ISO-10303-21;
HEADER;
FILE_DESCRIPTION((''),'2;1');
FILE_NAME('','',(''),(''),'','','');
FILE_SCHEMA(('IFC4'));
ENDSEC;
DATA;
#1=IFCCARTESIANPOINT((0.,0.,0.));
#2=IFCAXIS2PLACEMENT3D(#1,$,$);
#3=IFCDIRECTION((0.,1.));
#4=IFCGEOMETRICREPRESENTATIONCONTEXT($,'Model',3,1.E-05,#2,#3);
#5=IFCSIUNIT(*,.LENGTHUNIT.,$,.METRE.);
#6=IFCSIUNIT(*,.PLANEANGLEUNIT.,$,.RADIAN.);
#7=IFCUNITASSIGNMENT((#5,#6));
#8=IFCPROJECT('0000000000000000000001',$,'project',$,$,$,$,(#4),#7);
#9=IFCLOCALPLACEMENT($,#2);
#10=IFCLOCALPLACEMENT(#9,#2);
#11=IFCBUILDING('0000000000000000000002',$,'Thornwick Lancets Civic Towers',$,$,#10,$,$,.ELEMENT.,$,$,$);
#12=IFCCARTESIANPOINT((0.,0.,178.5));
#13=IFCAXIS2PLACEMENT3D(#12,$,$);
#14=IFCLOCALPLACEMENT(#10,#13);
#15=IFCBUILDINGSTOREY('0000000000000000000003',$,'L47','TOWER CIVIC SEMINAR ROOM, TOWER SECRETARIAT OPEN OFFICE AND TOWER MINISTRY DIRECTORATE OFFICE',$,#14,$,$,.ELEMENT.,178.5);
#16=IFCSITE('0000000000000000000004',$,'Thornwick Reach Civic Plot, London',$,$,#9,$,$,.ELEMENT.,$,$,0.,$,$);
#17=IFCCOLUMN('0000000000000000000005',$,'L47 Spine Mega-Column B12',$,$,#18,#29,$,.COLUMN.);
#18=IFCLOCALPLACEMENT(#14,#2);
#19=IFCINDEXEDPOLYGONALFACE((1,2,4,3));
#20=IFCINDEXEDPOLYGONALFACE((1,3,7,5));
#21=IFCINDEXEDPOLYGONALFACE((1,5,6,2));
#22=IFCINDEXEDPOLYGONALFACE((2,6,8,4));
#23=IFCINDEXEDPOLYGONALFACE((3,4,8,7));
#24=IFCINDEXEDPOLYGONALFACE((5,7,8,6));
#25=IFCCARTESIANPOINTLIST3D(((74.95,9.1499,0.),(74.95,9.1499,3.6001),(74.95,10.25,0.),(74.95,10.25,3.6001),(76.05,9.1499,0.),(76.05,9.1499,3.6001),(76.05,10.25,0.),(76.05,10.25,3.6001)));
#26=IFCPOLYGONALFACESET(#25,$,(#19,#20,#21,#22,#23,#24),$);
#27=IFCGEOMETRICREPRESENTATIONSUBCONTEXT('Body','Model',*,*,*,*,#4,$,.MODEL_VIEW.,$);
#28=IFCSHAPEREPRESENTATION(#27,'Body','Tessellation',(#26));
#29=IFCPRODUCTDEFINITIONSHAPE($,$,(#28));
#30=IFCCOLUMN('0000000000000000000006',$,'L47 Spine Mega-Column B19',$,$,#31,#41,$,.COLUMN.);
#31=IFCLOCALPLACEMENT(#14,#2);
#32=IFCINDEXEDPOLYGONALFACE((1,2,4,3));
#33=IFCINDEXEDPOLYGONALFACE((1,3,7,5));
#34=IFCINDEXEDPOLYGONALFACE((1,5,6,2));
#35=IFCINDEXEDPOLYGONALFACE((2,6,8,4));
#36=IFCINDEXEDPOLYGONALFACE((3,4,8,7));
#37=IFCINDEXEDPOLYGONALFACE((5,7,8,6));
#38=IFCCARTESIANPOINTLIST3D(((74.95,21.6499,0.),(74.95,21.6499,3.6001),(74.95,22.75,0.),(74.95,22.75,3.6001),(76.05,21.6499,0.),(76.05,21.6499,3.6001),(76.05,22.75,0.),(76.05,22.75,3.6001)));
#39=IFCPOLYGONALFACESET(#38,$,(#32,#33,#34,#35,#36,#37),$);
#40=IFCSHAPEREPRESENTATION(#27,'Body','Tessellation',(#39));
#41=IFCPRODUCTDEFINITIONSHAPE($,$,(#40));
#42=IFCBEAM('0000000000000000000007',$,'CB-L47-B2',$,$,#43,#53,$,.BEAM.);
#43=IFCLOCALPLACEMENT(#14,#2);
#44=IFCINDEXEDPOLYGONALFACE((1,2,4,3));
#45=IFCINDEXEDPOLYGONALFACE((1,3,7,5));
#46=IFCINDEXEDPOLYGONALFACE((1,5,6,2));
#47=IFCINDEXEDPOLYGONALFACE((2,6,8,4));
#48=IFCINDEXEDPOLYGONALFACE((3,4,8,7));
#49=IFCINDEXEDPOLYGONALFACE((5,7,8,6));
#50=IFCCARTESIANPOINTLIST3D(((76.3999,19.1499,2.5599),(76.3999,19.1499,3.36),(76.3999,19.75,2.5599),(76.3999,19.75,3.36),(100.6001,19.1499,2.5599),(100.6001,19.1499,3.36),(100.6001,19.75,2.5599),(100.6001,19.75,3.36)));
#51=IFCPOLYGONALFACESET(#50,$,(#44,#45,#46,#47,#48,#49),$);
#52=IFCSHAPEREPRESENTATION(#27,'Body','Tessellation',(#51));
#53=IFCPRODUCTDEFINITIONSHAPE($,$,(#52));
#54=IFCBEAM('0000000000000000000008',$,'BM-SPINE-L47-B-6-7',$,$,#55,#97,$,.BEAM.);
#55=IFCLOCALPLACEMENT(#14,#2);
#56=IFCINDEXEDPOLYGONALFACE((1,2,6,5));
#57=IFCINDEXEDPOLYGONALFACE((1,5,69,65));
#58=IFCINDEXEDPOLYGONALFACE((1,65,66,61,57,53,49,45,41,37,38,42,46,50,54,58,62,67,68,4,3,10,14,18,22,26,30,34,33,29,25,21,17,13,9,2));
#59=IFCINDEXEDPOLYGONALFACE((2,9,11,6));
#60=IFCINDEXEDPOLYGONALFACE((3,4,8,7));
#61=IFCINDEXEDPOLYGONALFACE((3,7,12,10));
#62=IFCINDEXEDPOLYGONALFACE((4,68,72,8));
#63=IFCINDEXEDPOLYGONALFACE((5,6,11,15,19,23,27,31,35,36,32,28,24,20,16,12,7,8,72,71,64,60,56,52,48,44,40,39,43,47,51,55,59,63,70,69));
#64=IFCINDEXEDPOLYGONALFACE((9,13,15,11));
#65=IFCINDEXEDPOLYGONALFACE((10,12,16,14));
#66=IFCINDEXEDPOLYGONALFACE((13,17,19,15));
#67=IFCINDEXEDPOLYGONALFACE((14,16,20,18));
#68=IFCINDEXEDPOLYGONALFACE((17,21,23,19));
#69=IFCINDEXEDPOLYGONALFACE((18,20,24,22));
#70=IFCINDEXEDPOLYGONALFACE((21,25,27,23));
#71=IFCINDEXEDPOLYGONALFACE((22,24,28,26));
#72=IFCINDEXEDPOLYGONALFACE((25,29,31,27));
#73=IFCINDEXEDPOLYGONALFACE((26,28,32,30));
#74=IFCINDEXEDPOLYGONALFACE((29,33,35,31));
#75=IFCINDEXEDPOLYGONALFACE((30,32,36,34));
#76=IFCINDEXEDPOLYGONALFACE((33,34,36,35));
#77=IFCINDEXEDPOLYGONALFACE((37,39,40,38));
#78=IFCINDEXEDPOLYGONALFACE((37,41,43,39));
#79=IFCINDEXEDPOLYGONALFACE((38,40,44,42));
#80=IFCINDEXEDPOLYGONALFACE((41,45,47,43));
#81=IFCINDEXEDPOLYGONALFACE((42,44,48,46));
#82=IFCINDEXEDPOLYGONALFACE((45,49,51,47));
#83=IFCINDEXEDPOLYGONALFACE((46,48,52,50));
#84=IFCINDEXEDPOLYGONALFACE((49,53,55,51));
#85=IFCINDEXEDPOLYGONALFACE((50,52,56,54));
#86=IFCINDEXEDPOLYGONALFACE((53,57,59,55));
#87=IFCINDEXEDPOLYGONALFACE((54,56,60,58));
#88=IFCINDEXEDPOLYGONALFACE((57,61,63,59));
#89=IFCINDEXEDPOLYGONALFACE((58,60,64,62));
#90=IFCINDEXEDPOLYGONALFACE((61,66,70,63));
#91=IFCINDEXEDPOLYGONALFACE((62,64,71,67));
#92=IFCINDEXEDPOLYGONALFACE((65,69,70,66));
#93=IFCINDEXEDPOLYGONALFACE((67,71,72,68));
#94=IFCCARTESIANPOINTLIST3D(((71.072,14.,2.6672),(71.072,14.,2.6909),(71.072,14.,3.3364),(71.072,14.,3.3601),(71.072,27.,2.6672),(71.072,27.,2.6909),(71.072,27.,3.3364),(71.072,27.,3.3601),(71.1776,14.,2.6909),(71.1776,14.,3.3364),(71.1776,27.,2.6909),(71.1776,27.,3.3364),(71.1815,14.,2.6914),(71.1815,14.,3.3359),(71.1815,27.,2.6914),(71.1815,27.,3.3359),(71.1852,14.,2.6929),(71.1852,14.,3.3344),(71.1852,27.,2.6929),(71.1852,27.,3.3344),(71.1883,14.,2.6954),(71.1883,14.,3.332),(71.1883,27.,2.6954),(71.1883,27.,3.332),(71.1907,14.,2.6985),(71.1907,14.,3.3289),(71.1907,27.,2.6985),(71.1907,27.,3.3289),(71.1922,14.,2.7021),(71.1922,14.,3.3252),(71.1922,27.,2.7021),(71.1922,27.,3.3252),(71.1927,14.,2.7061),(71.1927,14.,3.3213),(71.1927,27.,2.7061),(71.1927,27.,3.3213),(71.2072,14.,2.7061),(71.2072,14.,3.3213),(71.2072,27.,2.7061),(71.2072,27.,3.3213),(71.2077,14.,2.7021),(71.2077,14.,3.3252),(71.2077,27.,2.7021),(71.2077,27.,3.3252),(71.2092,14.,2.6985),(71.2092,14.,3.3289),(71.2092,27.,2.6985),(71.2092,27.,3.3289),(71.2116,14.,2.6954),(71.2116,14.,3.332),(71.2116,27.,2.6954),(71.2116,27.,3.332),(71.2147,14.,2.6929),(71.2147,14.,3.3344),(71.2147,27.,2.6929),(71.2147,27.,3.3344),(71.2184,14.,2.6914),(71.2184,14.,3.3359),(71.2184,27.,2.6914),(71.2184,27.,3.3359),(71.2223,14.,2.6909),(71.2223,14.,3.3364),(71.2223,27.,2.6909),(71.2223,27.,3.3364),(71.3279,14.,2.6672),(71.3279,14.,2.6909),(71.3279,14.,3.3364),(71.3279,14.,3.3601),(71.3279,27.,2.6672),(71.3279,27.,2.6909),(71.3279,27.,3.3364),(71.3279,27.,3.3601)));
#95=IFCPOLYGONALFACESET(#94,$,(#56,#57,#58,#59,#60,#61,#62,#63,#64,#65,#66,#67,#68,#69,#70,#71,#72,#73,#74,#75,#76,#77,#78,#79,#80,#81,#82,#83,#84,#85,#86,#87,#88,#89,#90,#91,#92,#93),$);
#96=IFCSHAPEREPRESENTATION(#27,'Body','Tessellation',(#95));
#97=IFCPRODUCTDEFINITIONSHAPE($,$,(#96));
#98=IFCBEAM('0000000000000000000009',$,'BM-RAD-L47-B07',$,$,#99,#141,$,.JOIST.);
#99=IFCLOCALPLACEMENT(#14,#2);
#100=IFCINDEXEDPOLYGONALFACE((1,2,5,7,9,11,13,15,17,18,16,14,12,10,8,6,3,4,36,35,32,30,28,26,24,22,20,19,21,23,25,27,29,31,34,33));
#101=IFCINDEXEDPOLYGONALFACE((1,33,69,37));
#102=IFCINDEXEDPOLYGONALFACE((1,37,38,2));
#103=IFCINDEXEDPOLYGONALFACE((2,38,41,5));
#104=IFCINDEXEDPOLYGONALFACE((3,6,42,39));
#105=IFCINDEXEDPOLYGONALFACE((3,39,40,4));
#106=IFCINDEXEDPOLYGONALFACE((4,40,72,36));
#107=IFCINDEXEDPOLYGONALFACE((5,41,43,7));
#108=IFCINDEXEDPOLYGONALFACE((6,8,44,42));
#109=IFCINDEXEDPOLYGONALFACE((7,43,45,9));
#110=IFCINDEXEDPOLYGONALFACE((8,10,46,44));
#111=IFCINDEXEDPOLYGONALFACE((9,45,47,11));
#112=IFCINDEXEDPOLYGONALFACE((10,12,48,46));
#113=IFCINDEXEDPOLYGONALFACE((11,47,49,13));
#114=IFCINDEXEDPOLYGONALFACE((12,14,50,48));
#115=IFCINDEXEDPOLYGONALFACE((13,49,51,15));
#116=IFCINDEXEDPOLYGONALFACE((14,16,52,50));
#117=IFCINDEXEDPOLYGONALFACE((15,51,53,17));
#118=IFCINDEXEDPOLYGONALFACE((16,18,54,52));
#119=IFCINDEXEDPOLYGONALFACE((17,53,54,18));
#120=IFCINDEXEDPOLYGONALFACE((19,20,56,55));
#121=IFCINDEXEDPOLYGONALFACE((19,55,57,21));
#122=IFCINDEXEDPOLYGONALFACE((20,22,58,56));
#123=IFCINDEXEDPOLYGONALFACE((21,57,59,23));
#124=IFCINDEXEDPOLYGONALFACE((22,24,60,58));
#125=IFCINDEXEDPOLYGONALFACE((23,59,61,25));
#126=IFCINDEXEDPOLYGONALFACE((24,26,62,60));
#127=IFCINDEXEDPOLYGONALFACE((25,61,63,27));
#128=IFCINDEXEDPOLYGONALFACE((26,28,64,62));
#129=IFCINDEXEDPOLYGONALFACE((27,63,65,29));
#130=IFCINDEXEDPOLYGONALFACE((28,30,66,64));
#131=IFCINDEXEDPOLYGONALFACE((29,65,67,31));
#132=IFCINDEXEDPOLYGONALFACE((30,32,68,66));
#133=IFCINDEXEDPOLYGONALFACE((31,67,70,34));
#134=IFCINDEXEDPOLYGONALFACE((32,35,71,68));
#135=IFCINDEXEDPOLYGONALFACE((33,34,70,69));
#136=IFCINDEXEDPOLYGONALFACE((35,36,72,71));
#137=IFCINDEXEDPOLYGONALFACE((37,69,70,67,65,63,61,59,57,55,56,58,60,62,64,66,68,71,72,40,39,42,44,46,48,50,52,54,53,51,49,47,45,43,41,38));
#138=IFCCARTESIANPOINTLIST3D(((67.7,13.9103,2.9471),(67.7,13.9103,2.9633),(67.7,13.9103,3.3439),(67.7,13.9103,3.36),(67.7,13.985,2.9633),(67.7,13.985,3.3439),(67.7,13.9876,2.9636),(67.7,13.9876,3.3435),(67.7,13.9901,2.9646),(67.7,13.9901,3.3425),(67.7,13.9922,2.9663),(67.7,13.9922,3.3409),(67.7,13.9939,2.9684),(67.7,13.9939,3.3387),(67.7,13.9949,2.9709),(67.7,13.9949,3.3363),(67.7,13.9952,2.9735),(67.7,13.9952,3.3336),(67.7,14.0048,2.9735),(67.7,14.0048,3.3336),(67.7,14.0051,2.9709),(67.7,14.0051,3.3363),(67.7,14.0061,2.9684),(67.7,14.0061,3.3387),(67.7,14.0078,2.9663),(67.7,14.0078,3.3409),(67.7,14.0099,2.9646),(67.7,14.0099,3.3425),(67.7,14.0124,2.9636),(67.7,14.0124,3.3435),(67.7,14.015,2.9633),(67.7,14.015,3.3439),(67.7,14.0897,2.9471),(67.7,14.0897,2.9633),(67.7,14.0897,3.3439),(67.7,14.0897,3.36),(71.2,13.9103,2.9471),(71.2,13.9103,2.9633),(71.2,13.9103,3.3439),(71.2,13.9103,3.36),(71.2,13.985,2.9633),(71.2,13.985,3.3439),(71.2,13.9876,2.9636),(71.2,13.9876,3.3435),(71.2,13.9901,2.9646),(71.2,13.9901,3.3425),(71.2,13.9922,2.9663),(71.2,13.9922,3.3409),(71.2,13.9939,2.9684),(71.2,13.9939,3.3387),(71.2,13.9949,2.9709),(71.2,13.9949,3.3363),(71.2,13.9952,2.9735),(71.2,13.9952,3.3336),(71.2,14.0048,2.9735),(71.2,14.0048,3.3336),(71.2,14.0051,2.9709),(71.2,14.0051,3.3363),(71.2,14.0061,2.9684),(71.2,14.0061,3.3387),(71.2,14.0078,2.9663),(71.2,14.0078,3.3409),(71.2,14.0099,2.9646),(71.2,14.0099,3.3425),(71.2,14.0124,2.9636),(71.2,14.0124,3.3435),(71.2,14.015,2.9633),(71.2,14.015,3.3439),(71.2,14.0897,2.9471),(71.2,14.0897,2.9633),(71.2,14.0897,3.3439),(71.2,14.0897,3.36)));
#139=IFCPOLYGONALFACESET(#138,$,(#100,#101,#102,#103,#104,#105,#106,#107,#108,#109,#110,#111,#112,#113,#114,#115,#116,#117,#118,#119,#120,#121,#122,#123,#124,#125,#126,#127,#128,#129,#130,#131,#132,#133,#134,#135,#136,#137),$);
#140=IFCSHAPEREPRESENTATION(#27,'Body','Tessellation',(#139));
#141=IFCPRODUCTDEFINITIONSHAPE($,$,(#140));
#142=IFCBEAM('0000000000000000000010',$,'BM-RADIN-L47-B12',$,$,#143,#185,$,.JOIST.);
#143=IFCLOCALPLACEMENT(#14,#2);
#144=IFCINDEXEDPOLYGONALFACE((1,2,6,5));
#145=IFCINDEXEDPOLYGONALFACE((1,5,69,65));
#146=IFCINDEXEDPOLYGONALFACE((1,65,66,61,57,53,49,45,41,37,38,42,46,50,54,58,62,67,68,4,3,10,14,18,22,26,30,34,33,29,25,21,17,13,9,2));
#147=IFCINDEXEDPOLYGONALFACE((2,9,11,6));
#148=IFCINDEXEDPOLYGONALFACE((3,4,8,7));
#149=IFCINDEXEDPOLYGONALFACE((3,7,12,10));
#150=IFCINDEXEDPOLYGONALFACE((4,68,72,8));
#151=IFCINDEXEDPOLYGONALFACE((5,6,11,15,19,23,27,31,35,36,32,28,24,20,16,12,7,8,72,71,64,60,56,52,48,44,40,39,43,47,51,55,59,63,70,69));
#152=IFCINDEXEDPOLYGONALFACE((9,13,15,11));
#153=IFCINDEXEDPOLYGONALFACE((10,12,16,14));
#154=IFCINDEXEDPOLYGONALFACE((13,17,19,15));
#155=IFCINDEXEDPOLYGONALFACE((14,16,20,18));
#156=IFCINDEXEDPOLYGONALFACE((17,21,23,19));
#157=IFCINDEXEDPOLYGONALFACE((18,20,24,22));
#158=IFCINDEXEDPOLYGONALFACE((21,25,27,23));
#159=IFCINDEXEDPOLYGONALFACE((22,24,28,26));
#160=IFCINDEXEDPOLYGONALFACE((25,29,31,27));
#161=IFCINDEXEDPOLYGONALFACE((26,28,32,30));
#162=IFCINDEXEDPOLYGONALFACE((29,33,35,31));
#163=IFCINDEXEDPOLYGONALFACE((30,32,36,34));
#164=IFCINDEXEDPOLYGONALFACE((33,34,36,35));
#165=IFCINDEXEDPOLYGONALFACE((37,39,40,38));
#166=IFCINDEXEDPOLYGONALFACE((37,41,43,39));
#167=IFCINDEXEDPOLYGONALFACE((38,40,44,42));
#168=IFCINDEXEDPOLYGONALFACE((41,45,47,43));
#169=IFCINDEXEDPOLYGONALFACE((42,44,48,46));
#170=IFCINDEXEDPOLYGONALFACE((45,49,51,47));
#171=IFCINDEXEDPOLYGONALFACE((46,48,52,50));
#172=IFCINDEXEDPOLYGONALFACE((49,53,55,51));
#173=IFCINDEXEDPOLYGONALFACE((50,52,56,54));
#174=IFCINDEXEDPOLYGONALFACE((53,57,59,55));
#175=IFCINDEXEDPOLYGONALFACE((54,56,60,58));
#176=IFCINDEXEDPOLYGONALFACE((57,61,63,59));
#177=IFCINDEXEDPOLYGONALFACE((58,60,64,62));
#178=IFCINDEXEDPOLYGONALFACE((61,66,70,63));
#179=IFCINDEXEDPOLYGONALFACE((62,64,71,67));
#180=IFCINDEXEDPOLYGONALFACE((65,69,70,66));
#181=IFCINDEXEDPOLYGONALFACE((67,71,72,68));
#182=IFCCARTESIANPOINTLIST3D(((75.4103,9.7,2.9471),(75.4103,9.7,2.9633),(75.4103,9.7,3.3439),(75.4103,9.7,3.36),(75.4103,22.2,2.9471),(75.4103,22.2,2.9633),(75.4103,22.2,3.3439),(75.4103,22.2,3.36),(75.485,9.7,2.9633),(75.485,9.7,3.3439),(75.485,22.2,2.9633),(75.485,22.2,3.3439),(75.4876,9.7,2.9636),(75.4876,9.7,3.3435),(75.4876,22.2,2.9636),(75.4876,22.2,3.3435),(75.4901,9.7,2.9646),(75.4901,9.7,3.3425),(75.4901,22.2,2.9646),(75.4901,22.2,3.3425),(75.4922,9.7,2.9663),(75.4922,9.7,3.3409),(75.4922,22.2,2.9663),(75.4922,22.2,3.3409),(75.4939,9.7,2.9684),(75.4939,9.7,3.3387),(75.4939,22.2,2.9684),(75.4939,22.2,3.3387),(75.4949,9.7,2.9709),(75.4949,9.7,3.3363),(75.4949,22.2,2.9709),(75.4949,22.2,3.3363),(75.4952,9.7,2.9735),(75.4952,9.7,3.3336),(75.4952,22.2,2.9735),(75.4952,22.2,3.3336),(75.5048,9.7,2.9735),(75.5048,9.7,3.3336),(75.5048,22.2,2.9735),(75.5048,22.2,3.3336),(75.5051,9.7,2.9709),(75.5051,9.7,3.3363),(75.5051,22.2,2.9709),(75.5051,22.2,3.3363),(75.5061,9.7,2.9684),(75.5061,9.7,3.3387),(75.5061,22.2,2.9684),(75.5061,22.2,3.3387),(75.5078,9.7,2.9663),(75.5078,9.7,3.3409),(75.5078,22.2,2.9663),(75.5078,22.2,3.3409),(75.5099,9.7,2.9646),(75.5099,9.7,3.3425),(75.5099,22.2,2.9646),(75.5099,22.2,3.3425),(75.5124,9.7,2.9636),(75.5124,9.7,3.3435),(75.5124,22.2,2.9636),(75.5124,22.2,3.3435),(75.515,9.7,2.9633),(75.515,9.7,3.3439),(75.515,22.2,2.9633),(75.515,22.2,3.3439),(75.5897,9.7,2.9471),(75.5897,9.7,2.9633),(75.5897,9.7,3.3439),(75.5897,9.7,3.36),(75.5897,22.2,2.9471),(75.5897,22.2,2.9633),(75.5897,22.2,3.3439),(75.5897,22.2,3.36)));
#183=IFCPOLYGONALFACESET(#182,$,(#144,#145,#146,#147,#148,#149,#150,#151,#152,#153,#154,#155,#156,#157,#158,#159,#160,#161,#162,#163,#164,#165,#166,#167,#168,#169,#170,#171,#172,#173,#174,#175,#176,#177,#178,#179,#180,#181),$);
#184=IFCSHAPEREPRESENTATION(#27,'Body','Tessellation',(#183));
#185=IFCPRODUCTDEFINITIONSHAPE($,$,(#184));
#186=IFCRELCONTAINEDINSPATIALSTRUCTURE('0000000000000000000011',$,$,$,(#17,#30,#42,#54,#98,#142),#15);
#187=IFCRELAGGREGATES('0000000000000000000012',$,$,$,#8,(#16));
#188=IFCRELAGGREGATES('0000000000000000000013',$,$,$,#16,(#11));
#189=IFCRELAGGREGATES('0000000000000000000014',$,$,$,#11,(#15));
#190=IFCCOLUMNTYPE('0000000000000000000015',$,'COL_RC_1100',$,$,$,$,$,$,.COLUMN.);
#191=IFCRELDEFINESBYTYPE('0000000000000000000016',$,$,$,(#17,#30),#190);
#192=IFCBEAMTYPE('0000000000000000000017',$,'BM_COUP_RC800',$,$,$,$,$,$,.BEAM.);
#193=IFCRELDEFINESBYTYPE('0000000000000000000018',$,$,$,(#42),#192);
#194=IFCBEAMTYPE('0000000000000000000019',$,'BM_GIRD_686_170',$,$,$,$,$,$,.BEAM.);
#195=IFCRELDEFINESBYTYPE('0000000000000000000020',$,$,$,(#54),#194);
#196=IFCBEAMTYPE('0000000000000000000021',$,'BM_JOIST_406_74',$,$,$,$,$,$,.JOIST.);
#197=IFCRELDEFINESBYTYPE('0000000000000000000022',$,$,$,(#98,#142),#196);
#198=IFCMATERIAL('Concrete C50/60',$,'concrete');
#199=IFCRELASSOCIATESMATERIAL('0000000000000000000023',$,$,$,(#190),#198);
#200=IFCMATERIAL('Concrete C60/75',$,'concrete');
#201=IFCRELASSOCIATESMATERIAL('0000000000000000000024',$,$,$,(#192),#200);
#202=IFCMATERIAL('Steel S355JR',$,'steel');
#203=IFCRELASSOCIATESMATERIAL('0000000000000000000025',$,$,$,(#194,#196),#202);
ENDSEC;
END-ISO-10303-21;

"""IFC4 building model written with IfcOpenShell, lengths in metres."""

from ifc_helpers import new_model, si_unit, direction, frame, origin, origin_2d, place, context, subcontext, project, spatial, rectangle, i_section, extrude, material, material_profile, profile_set, type_object, element, save


model = new_model("IFC4")

# Units and contexts
model_context = context("Model", 3, precision=1e-05, world=origin(), true_north=direction((0.0, 1.0)))
body_context = subcontext(model_context, "Body", "Model", "MODEL_VIEW")
ifc_project = project(units=[si_unit("LENGTHUNIT", "METRE"), si_unit("PLANEANGLEUNIT", "RADIAN")], contexts=[model_context])

# Site, building, storey
site_placement = place(None, origin())
site = spatial("IfcSite", under=ifc_project, at=site_placement, Name="Thornwick Reach Civic Plot, London", CompositionType="ELEMENT", RefElevation=0.0)
building_placement = place(site_placement, origin())
building = spatial("IfcBuilding", under=site, at=building_placement, Name="Thornwick Lancets Civic Towers", CompositionType="ELEMENT")
storey_placement = place(building_placement, frame((0.0, 0.0, 178.5)))
storey = spatial("IfcBuildingStorey", under=building, at=storey_placement, Name="L47", Description="TOWER CIVIC SEMINAR ROOM, TOWER SECRETARIAT OPEN OFFICE AND TOWER MINISTRY DIRECTORATE OFFICE", CompositionType="ELEMENT", Elevation=178.5)

# Columns
ifc_material_1 = material(Name="Concrete C50/60", Category="concrete")
ifc_material_profile_1 = material_profile(ifc_material_1, rectangle(XDim=1.1001, YDim=1.1001, at=origin_2d()), Name="RC 1100x1100")
ifc_profile_set_1 = profile_set([ifc_material_profile_1], Name="Concrete C50/60")
column_type = type_object("IfcColumnType", Name="COL_RC_1100", PredefinedType="COLUMN", material=ifc_profile_set_1)
for number, where, z_axis, x_axis, name in (
    (1, (75.5, 9.7, 0.0), (0.0, 0.0, 1.0), (1.0, 0.0, 0.0), "L47 Spine Mega-Column B12"),
    (2, (75.5, 22.2, 0.0), (0.0, 0.0, 1.0), (1.0, 0.0, 0.0), "L47 Spine Mega-Column B19"),
):
    element("IfcColumn", number, at=place(storey_placement, frame(where, z_axis=z_axis, x_axis=x_axis)), inside=storey, type_object=column_type, Name=name, PredefinedType="COLUMN", context=body_context, shape_type="SweptSolid", body=[
        extrude(rectangle(XDim=1.1001, YDim=1.1001, at=origin_2d()), origin(), (0.0, 0.0, 1.0), 3.6001),
    ])

# Beams
ifc_material_2 = material(Name="Concrete C60/75", Category="concrete")
ifc_material_profile_2 = material_profile(ifc_material_2, rectangle(XDim=0.6001, YDim=0.8, at=origin_2d()), Name="RC 600x800")
ifc_profile_set_2 = profile_set([ifc_material_profile_2], Name="Concrete C60/75")
beam_type_1 = type_object("IfcBeamType", Name="BM_COUP_RC800", PredefinedType="BEAM", material=ifc_profile_set_2)
beam_1_placement = place(storey_placement, frame((76.3999, 19.45, 2.96), z_axis=(1.0, 0.0, 0.0), x_axis=(0.0, 1.0, 0.0)))
element("IfcBeam", 3, at=beam_1_placement, inside=storey, type_object=beam_type_1, Name="CB-L47-B2", PredefinedType="BEAM", context=body_context, shape_type="SweptSolid", body=[
    extrude(rectangle(XDim=0.6001, YDim=0.8, at=origin_2d()), origin(), (0.0, 0.0, 1.0), 24.2002),
])
ifc_material_3 = material(Name="Steel S355JR", Category="steel")
ifc_material_profile_3 = material_profile(ifc_material_3, i_section(OverallWidth=0.2559, OverallDepth=0.6929, WebThickness=0.0144, FlangeThickness=0.0237, FilletRadius=0.0151, at=origin_2d()), Name="UKB 686x254x170")
ifc_profile_set_3 = profile_set([ifc_material_profile_3], Name="Steel S355JR")
beam_type_2 = type_object("IfcBeamType", Name="BM_GIRD_686_170", PredefinedType="BEAM", material=ifc_profile_set_3)
beam_2_placement = place(storey_placement, frame((71.2, 14.0, 3.0137), z_axis=(0.0, 1.0, 0.0), x_axis=(-1.0, 0.0, 0.0)))
element("IfcBeam", 4, at=beam_2_placement, inside=storey, type_object=beam_type_2, Name="BM-SPINE-L47-B-6-7", PredefinedType="BEAM", context=body_context, shape_type="SweptSolid", body=[
    extrude(i_section(OverallWidth=0.2559, OverallDepth=0.6929, WebThickness=0.0144, FlangeThickness=0.0237, FilletRadius=0.0151, at=origin_2d()), origin(), (0.0, 0.0, 1.0), 13.0),
])
ifc_material_profile_4 = material_profile(ifc_material_3, i_section(OverallWidth=0.1794, OverallDepth=0.4128, WebThickness=0.0095, FlangeThickness=0.0161, FilletRadius=0.0103, at=origin_2d()), Name="UKB 406x178x74")
ifc_profile_set_4 = profile_set([ifc_material_profile_4], Name="Steel S355JR")
beam_type_3 = type_object("IfcBeamType", Name="BM_JOIST_406_74", PredefinedType="JOIST", material=ifc_profile_set_4)
beam_3_placement = place(storey_placement, frame((71.2, 14.0, 3.1536), z_axis=(-1.0, 0.0, 0.0), x_axis=(0.0, -1.0, 0.0)))
element("IfcBeam", 5, at=beam_3_placement, inside=storey, type_object=beam_type_3, Name="BM-RAD-L47-B07", PredefinedType="JOIST", context=body_context, shape_type="SweptSolid", body=[
    extrude(i_section(OverallWidth=0.1794, OverallDepth=0.4128, WebThickness=0.0095, FlangeThickness=0.0161, FilletRadius=0.0103, at=origin_2d()), origin(), (0.0, 0.0, 1.0), 3.5),
])
beam_4_placement = place(storey_placement, frame((75.5, 22.2, 3.1536), z_axis=(0.0, -1.0, 0.0), x_axis=(1.0, 0.0, 0.0)))
element("IfcBeam", 6, at=beam_4_placement, inside=storey, type_object=beam_type_3, Name="BM-RADIN-L47-B12", PredefinedType="JOIST", context=body_context, shape_type="SweptSolid", body=[
    extrude(i_section(OverallWidth=0.1794, OverallDepth=0.4128, WebThickness=0.0095, FlangeThickness=0.0161, FilletRadius=0.0103, at=origin_2d()), origin(), (0.0, 0.0, 1.0), 12.5),
])

save(model, "model.ifc")
